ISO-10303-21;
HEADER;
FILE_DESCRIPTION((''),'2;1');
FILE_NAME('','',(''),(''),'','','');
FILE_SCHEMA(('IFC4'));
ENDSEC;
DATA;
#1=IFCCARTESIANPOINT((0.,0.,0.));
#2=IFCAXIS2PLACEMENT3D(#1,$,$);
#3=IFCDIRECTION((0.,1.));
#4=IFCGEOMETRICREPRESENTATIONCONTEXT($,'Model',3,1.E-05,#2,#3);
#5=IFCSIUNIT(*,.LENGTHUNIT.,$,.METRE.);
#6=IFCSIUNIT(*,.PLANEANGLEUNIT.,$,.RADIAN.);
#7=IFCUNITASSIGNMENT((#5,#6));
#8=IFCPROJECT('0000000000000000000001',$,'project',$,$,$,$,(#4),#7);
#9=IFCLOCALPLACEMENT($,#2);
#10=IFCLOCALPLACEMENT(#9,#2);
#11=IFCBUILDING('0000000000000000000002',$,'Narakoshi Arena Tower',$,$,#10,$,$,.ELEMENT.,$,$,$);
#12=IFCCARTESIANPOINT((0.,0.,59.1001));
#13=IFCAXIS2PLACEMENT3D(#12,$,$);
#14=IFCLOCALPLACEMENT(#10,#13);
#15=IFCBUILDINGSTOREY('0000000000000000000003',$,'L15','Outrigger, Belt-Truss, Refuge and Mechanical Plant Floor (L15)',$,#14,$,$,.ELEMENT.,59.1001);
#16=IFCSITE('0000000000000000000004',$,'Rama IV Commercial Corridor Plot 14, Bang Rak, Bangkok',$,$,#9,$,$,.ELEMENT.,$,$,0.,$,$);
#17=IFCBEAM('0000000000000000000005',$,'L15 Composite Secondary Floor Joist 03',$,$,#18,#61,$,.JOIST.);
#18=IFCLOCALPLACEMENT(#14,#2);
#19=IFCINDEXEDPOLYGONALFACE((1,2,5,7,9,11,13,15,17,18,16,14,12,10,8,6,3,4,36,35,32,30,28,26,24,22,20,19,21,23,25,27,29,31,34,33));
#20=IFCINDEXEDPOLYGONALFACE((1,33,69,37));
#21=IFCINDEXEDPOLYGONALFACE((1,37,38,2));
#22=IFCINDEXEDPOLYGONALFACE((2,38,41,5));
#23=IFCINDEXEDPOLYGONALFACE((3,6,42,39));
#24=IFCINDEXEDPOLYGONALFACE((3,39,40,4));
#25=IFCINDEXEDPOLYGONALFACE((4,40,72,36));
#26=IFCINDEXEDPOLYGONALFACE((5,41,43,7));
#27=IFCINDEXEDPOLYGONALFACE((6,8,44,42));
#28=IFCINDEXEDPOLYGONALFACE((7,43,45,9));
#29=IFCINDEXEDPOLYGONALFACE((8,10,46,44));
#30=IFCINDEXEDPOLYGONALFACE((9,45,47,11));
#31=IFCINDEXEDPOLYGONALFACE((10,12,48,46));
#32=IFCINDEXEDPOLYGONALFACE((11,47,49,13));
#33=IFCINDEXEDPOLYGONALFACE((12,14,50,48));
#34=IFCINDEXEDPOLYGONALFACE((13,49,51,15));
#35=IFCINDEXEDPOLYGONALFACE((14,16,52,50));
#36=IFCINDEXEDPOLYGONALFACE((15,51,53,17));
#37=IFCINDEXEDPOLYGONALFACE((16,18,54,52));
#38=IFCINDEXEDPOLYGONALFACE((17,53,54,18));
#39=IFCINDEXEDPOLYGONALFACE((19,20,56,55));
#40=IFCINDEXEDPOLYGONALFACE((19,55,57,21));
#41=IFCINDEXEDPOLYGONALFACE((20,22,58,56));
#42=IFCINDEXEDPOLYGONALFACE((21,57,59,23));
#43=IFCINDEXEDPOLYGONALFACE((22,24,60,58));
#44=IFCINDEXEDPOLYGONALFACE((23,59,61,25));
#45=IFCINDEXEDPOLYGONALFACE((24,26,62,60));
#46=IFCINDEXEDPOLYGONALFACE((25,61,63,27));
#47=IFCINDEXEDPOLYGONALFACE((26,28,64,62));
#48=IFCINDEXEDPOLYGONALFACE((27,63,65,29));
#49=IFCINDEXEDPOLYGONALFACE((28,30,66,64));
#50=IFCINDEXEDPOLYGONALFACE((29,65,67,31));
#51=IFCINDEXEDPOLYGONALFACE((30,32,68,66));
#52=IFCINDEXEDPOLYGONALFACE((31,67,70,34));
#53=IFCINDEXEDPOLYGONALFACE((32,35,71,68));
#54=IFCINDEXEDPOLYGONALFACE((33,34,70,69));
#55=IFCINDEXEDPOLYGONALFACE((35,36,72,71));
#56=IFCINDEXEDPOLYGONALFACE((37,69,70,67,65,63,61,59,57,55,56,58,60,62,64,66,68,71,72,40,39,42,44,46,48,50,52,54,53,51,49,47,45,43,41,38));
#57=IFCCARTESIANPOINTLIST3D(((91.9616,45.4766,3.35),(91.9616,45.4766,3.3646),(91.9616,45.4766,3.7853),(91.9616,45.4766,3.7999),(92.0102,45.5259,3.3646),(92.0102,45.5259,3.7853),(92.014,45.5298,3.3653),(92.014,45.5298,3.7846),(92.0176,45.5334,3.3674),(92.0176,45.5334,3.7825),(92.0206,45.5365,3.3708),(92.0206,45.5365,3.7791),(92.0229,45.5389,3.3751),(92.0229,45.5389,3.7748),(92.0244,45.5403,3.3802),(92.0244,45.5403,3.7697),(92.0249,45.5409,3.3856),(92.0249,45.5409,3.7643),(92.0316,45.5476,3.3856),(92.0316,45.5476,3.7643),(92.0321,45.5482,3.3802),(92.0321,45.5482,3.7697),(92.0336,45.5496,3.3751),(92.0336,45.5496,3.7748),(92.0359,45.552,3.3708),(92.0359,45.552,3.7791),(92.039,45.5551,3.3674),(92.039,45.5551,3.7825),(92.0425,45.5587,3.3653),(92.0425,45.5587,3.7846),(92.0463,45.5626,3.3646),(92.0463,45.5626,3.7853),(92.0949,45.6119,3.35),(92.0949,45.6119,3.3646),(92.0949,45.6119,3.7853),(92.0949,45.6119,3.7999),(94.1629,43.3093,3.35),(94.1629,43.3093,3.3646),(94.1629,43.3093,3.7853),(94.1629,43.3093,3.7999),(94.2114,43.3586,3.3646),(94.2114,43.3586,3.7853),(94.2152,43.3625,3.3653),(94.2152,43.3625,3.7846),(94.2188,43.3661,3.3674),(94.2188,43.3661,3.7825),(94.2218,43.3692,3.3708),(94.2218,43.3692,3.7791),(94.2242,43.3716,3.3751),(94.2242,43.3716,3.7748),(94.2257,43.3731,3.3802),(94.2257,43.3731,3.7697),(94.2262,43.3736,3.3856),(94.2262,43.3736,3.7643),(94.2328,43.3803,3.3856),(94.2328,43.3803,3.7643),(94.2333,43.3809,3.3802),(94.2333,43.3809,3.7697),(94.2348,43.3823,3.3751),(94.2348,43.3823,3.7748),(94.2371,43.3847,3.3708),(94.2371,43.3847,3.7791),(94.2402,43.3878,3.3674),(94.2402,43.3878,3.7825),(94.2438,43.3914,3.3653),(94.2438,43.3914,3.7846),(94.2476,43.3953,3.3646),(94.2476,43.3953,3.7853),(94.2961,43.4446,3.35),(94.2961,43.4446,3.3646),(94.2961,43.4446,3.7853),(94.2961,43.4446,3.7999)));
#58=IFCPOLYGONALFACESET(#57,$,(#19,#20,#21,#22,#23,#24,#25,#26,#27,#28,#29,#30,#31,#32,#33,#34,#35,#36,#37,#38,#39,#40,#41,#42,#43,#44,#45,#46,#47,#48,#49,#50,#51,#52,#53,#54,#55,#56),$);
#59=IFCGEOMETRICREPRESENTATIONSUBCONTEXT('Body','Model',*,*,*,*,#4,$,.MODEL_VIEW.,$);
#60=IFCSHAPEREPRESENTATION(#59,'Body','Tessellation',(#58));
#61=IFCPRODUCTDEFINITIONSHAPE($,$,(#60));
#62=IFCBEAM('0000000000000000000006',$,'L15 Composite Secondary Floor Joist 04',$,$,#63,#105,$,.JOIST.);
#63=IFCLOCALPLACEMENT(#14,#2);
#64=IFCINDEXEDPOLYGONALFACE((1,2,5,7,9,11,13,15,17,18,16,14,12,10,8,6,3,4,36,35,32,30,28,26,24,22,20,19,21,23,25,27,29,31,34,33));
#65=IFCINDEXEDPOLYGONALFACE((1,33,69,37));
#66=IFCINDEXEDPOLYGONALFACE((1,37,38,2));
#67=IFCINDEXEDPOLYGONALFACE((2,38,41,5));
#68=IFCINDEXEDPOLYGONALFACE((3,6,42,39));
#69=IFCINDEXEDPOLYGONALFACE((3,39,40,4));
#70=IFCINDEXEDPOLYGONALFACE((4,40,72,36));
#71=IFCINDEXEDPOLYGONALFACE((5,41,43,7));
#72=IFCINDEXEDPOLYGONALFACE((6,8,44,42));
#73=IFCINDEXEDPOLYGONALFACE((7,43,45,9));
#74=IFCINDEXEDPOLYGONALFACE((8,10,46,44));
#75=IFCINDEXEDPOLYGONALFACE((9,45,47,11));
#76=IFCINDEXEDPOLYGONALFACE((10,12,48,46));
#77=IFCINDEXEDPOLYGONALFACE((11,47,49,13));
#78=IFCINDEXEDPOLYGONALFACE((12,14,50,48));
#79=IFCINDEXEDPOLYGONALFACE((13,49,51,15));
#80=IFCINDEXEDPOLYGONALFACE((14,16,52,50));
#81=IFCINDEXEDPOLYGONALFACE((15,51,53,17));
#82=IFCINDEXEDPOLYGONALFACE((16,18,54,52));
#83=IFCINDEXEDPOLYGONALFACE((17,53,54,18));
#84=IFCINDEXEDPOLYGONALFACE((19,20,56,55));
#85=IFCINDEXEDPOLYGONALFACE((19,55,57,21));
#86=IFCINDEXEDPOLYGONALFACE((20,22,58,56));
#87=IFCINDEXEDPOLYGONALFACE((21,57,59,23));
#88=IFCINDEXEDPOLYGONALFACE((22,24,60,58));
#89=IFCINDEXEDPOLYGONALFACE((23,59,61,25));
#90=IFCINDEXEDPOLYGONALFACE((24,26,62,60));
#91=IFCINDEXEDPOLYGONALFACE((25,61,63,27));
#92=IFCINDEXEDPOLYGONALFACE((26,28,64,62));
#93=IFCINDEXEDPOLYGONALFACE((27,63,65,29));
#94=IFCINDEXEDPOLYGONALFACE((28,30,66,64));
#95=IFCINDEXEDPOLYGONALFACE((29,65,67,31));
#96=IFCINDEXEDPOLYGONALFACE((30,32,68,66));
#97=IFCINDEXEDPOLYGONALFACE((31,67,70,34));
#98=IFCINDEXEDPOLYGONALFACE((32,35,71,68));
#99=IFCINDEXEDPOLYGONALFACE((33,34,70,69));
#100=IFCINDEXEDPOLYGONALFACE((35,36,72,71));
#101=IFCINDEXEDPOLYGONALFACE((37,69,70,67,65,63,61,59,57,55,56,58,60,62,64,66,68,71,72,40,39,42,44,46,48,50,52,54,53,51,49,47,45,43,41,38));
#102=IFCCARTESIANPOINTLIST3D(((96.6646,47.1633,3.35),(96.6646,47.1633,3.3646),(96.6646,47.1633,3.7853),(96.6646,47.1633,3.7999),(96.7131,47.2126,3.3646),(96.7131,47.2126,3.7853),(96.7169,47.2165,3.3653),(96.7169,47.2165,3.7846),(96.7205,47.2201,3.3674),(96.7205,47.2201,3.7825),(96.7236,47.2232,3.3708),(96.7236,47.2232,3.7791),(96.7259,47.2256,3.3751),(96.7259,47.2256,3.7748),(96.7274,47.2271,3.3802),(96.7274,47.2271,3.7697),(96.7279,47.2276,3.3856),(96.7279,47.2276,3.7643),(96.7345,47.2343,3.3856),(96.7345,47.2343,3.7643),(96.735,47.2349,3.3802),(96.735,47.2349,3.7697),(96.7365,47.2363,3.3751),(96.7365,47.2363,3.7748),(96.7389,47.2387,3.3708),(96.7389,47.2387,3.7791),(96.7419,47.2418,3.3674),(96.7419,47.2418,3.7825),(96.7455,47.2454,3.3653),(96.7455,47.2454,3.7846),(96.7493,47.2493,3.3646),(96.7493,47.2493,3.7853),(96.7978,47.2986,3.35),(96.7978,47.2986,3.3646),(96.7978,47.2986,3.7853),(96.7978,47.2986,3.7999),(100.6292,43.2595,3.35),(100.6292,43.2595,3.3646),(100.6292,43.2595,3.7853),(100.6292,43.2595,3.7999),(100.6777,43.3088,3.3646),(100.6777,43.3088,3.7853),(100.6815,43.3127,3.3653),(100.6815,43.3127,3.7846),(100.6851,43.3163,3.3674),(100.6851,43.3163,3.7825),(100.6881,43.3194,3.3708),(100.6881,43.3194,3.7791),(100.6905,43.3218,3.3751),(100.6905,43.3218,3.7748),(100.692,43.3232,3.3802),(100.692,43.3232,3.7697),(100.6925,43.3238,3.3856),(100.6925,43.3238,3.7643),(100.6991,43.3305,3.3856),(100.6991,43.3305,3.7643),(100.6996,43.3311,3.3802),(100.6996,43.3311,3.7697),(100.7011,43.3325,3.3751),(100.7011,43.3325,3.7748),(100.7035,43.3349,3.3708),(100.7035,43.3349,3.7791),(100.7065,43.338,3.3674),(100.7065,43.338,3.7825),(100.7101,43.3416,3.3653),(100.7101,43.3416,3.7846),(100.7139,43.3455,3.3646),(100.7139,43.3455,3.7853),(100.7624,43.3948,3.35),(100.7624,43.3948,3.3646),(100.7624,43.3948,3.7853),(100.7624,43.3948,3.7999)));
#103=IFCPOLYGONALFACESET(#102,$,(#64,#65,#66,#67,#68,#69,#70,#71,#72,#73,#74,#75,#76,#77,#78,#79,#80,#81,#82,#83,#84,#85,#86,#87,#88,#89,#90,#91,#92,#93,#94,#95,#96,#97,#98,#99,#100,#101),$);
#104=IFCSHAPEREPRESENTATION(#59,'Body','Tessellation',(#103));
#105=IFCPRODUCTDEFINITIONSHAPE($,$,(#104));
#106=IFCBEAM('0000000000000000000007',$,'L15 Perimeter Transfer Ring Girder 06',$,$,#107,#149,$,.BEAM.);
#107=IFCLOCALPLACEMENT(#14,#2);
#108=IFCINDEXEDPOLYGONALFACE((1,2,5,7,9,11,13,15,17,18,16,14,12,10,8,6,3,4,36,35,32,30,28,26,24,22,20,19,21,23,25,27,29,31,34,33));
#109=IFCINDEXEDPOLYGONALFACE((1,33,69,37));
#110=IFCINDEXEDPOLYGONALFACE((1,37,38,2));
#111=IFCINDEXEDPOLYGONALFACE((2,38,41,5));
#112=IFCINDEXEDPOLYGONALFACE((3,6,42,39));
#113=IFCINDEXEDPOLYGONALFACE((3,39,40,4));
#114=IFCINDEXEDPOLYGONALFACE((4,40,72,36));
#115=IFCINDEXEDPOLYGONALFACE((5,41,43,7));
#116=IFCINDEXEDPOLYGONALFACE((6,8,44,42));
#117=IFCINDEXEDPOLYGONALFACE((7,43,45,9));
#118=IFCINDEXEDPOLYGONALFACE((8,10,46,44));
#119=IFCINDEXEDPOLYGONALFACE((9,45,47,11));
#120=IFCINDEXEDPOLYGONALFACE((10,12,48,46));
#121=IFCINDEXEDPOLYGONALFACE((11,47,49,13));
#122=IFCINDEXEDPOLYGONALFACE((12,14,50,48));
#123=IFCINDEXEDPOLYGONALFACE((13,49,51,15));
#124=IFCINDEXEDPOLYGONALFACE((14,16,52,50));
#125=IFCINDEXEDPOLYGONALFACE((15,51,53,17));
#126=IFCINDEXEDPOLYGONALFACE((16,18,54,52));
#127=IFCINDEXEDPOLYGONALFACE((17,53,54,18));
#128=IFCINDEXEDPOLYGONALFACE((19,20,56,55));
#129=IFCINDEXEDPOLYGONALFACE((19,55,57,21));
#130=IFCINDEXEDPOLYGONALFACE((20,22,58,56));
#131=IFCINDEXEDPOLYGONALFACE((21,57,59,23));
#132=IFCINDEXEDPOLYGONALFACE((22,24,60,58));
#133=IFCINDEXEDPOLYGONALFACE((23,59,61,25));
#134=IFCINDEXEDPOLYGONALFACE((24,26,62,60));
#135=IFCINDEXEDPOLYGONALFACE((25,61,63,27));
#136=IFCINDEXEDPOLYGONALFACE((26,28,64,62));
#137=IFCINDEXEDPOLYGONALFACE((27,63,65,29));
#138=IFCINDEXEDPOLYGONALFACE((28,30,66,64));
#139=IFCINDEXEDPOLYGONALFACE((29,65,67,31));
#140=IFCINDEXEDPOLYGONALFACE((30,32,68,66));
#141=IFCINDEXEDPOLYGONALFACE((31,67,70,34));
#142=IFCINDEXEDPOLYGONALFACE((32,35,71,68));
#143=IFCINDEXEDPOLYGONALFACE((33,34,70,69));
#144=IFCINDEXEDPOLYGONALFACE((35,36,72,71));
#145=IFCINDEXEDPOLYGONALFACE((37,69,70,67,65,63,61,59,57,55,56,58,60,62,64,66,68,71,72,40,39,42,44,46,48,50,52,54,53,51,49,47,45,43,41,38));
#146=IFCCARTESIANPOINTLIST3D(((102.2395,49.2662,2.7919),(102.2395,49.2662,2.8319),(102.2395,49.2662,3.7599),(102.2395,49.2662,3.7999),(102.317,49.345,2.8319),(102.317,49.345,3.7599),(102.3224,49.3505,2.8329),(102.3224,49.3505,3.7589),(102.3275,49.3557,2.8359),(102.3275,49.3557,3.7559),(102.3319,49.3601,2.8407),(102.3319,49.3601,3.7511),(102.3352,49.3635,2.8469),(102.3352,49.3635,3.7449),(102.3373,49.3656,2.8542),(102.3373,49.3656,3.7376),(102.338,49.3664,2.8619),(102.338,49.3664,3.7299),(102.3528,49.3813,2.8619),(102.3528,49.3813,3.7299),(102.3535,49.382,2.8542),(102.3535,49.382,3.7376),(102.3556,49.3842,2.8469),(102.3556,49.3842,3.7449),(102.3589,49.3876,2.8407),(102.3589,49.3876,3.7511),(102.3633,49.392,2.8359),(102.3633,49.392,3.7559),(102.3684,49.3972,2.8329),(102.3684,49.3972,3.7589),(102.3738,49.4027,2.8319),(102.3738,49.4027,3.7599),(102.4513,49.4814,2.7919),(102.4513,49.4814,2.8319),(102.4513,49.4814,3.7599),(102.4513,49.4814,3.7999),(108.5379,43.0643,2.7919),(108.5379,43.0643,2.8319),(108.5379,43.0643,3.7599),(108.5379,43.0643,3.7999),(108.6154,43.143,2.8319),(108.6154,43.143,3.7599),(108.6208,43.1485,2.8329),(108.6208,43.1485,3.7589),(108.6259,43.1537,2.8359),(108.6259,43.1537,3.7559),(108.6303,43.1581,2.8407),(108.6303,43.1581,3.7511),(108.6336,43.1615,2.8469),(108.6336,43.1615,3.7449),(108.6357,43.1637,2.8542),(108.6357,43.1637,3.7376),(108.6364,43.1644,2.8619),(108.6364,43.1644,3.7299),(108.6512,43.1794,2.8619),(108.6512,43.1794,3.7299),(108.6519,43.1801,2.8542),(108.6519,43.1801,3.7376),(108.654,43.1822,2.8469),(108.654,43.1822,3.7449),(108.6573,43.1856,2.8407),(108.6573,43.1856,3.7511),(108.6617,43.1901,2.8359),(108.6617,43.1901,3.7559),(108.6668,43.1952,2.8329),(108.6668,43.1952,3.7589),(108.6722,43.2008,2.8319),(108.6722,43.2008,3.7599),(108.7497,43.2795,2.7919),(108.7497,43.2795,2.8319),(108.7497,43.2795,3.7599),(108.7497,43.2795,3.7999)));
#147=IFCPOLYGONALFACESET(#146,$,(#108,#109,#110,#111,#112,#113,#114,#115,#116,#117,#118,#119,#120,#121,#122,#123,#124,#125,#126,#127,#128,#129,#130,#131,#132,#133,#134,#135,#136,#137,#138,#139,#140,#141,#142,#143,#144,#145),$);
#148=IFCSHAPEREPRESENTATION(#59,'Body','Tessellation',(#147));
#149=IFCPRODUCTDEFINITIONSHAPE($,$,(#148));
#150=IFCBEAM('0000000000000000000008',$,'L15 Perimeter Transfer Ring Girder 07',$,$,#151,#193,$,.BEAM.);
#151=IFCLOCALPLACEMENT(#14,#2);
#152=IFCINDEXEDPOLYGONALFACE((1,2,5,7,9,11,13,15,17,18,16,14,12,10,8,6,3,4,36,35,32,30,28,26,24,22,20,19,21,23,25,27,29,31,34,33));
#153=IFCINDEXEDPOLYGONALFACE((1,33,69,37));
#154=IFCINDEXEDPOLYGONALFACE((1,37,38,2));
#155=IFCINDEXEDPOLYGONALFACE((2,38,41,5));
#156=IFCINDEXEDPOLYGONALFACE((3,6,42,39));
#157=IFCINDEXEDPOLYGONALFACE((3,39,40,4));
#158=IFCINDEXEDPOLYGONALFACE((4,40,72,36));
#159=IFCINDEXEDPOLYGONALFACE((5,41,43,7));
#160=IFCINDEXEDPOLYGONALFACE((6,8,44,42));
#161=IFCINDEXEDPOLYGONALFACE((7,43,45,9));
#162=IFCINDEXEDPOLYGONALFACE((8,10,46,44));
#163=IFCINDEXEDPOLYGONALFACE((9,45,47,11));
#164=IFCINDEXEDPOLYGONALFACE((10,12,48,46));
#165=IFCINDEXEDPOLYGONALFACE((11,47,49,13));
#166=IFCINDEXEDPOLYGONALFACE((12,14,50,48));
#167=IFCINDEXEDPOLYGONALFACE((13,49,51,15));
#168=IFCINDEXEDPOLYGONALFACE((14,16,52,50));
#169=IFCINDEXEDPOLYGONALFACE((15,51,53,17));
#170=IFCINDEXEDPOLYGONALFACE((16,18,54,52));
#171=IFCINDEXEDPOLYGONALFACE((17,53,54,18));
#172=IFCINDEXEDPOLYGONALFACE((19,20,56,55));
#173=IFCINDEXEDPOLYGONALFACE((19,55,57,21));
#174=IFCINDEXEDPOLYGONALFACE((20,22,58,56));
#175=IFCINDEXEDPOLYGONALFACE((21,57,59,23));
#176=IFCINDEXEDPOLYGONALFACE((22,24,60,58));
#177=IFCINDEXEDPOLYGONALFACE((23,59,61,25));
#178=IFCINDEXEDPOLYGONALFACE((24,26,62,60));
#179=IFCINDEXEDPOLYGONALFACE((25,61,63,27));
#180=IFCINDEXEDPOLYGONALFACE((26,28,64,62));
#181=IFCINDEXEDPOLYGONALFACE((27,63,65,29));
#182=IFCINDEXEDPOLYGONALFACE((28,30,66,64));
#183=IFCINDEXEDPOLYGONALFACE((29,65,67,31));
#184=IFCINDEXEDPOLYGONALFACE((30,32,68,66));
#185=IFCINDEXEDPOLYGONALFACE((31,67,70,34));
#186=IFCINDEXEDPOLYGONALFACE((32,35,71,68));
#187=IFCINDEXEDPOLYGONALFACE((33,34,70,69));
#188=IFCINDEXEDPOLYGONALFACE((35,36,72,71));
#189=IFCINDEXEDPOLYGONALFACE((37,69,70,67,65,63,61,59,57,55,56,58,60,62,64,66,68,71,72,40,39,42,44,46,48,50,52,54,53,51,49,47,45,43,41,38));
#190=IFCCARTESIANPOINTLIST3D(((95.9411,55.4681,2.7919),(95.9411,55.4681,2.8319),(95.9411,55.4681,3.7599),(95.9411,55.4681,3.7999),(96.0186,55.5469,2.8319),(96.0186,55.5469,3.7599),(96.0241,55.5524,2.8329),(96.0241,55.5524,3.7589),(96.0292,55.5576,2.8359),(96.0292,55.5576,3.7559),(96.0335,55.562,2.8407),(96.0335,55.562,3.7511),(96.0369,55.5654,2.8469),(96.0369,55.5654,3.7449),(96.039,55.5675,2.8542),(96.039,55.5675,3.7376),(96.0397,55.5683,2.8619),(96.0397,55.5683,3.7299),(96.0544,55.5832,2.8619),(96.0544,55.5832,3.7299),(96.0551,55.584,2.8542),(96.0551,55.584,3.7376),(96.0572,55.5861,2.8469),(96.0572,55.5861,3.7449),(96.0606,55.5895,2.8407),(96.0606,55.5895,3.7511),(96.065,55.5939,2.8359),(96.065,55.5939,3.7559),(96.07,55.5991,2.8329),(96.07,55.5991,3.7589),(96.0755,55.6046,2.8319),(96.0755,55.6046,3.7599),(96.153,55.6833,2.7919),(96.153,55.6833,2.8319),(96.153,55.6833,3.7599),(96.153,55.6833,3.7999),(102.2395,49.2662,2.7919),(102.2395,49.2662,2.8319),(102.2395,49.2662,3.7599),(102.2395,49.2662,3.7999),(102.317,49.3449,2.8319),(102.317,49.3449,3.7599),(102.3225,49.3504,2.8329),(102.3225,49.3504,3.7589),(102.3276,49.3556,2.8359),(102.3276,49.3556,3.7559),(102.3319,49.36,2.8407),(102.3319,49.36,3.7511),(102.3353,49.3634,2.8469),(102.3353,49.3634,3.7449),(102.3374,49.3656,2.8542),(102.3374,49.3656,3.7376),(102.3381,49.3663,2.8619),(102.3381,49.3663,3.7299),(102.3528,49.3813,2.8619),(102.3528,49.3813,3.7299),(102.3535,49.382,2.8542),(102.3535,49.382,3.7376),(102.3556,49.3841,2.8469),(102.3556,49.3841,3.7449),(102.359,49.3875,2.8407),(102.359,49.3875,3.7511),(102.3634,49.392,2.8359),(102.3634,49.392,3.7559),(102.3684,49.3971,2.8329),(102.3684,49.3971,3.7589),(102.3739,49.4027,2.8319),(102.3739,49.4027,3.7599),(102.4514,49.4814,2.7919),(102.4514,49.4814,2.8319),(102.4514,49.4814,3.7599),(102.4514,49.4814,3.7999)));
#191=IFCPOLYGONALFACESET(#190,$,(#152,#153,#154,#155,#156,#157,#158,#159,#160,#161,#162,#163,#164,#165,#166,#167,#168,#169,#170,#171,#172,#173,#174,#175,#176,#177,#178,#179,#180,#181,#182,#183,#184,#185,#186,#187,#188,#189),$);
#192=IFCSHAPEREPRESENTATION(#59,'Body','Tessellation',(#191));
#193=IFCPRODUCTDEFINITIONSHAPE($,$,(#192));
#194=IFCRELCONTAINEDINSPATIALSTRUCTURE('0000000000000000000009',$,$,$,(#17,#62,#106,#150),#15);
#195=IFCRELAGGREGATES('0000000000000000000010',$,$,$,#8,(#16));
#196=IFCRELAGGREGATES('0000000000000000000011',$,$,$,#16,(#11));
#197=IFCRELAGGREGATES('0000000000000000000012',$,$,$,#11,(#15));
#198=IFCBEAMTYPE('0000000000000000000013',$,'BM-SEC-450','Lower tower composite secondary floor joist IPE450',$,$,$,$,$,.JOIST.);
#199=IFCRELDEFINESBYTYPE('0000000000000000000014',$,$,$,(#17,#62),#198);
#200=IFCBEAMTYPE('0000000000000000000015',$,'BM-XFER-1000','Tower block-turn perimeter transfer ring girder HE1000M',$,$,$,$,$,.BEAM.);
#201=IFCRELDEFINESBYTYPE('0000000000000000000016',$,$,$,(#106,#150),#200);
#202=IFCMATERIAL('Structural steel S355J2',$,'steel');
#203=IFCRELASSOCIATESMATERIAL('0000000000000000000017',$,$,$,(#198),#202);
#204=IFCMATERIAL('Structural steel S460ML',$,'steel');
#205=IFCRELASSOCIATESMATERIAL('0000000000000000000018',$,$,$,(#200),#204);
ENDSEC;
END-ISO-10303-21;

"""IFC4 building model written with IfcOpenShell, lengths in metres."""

from ifc_helpers import new_model, si_unit, direction, frame, origin, origin_2d, place, context, subcontext, project, spatial, i_section, extrude, material, material_profile, profile_set, type_object, element, save


model = new_model("IFC4")

# Units and contexts
model_context = context("Model", 3, precision=1e-05, world=origin(), true_north=direction((0.0, 1.0)))
body_context = subcontext(model_context, "Body", "Model", "MODEL_VIEW")
ifc_project = project(units=[si_unit("LENGTHUNIT", "METRE"), si_unit("PLANEANGLEUNIT", "RADIAN")], contexts=[model_context])

# Site, building, storey
site_placement = place(None, origin())
site = spatial("IfcSite", under=ifc_project, at=site_placement, Name="Rama IV Commercial Corridor Plot 14, Bang Rak, Bangkok", CompositionType="ELEMENT", RefElevation=0.0)
building_placement = place(site_placement, origin())
building = spatial("IfcBuilding", under=site, at=building_placement, Name="Narakoshi Arena Tower", CompositionType="ELEMENT")
storey_placement = place(building_placement, frame((0.0, 0.0, 59.1001)))
storey = spatial("IfcBuildingStorey", under=building, at=storey_placement, Name="L15", Description="Outrigger, Belt-Truss, Refuge and Mechanical Plant Floor (L15)", CompositionType="ELEMENT", Elevation=59.1001)

# Shared definitions
ifc_material_1 = material(Name="Structural steel S460ML", Category="steel")

# Beams
ifc_material_2 = material(Name="Structural steel S355J2", Category="steel")
ifc_material_profile_1 = material_profile(ifc_material_2, i_section(OverallWidth=0.1899, OverallDepth=0.45, WebThickness=0.0095, FlangeThickness=0.0146, FilletRadius=0.021, at=origin_2d()), Name="IPE450")
ifc_profile_set_1 = profile_set([ifc_material_profile_1], Name="Structural steel S355J2")
beam_type_1 = type_object("IfcBeamType", Name="BM-SEC-450", Description="Lower tower composite secondary floor joist IPE450", PredefinedType="JOIST", material=ifc_profile_set_1)
beam_1_placement = place(storey_placement, frame((94.2295, 43.377, 3.575), z_axis=(-0.712578, 0.701593, 0.0), x_axis=(-0.701593, -0.712578, 0.0)))
element("IfcBeam", 1, at=beam_1_placement, inside=storey, type_object=beam_type_1, Name="L15 Composite Secondary Floor Joist 03", PredefinedType="JOIST", context=body_context, shape_type="SweptSolid", body=[
    extrude(i_section(OverallWidth=0.1899, OverallDepth=0.45, WebThickness=0.0095, FlangeThickness=0.0146, FilletRadius=0.021, at=origin_2d()), origin(), (0.0, 0.0, 1.0), 3.0891),
])
beam_2_placement = place(storey_placement, frame((100.6958, 43.3271, 3.575), z_axis=(-0.712549, 0.701623, 0.0), x_axis=(-0.701623, -0.712549, 0.0)))
element("IfcBeam", 2, at=beam_2_placement, inside=storey, type_object=beam_type_1, Name="L15 Composite Secondary Floor Joist 04", PredefinedType="JOIST", context=body_context, shape_type="SweptSolid", body=[
    extrude(i_section(OverallWidth=0.1899, OverallDepth=0.45, WebThickness=0.0095, FlangeThickness=0.0146, FilletRadius=0.021, at=origin_2d()), origin(), (0.0, 0.0, 1.0), 5.564),
])
ifc_material_profile_2 = material_profile(ifc_material_1, i_section(OverallWidth=0.302, OverallDepth=1.0081, WebThickness=0.021, FlangeThickness=0.04, FilletRadius=0.03, at=origin_2d()), Name="HE1000M")
ifc_profile_set_2 = profile_set([ifc_material_profile_2], Name="Structural steel S460ML")
beam_type_2 = type_object("IfcBeamType", Name="BM-XFER-1000", Description="Tower block-turn perimeter transfer ring girder HE1000M", PredefinedType="BEAM", material=ifc_profile_set_2)
for number, where, z_axis, x_axis, name in (
    (3, (108.6438, 43.1719, 3.2959), (-0.712541, 0.701631, 0.0), (-0.701631, -0.712541, 0.0), "L15 Perimeter Transfer Ring Girder 06"),
    (4, (102.3455, 49.3738, 3.2959), (-0.712541, 0.701631, 0.0), (-0.701631, -0.712541, 0.0), "L15 Perimeter Transfer Ring Girder 07"),
):
    element("IfcBeam", number, at=place(storey_placement, frame(where, z_axis=z_axis, x_axis=x_axis)), inside=storey, type_object=beam_type_2, Name=name, PredefinedType="BEAM", context=body_context, shape_type="SweptSolid", body=[
        extrude(i_section(OverallWidth=0.302, OverallDepth=1.0081, WebThickness=0.021, FlangeThickness=0.04, FilletRadius=0.03, at=origin_2d()), origin(), (0.0, 0.0, 1.0), 8.8394),
    ])

save(model, "model.ifc")
